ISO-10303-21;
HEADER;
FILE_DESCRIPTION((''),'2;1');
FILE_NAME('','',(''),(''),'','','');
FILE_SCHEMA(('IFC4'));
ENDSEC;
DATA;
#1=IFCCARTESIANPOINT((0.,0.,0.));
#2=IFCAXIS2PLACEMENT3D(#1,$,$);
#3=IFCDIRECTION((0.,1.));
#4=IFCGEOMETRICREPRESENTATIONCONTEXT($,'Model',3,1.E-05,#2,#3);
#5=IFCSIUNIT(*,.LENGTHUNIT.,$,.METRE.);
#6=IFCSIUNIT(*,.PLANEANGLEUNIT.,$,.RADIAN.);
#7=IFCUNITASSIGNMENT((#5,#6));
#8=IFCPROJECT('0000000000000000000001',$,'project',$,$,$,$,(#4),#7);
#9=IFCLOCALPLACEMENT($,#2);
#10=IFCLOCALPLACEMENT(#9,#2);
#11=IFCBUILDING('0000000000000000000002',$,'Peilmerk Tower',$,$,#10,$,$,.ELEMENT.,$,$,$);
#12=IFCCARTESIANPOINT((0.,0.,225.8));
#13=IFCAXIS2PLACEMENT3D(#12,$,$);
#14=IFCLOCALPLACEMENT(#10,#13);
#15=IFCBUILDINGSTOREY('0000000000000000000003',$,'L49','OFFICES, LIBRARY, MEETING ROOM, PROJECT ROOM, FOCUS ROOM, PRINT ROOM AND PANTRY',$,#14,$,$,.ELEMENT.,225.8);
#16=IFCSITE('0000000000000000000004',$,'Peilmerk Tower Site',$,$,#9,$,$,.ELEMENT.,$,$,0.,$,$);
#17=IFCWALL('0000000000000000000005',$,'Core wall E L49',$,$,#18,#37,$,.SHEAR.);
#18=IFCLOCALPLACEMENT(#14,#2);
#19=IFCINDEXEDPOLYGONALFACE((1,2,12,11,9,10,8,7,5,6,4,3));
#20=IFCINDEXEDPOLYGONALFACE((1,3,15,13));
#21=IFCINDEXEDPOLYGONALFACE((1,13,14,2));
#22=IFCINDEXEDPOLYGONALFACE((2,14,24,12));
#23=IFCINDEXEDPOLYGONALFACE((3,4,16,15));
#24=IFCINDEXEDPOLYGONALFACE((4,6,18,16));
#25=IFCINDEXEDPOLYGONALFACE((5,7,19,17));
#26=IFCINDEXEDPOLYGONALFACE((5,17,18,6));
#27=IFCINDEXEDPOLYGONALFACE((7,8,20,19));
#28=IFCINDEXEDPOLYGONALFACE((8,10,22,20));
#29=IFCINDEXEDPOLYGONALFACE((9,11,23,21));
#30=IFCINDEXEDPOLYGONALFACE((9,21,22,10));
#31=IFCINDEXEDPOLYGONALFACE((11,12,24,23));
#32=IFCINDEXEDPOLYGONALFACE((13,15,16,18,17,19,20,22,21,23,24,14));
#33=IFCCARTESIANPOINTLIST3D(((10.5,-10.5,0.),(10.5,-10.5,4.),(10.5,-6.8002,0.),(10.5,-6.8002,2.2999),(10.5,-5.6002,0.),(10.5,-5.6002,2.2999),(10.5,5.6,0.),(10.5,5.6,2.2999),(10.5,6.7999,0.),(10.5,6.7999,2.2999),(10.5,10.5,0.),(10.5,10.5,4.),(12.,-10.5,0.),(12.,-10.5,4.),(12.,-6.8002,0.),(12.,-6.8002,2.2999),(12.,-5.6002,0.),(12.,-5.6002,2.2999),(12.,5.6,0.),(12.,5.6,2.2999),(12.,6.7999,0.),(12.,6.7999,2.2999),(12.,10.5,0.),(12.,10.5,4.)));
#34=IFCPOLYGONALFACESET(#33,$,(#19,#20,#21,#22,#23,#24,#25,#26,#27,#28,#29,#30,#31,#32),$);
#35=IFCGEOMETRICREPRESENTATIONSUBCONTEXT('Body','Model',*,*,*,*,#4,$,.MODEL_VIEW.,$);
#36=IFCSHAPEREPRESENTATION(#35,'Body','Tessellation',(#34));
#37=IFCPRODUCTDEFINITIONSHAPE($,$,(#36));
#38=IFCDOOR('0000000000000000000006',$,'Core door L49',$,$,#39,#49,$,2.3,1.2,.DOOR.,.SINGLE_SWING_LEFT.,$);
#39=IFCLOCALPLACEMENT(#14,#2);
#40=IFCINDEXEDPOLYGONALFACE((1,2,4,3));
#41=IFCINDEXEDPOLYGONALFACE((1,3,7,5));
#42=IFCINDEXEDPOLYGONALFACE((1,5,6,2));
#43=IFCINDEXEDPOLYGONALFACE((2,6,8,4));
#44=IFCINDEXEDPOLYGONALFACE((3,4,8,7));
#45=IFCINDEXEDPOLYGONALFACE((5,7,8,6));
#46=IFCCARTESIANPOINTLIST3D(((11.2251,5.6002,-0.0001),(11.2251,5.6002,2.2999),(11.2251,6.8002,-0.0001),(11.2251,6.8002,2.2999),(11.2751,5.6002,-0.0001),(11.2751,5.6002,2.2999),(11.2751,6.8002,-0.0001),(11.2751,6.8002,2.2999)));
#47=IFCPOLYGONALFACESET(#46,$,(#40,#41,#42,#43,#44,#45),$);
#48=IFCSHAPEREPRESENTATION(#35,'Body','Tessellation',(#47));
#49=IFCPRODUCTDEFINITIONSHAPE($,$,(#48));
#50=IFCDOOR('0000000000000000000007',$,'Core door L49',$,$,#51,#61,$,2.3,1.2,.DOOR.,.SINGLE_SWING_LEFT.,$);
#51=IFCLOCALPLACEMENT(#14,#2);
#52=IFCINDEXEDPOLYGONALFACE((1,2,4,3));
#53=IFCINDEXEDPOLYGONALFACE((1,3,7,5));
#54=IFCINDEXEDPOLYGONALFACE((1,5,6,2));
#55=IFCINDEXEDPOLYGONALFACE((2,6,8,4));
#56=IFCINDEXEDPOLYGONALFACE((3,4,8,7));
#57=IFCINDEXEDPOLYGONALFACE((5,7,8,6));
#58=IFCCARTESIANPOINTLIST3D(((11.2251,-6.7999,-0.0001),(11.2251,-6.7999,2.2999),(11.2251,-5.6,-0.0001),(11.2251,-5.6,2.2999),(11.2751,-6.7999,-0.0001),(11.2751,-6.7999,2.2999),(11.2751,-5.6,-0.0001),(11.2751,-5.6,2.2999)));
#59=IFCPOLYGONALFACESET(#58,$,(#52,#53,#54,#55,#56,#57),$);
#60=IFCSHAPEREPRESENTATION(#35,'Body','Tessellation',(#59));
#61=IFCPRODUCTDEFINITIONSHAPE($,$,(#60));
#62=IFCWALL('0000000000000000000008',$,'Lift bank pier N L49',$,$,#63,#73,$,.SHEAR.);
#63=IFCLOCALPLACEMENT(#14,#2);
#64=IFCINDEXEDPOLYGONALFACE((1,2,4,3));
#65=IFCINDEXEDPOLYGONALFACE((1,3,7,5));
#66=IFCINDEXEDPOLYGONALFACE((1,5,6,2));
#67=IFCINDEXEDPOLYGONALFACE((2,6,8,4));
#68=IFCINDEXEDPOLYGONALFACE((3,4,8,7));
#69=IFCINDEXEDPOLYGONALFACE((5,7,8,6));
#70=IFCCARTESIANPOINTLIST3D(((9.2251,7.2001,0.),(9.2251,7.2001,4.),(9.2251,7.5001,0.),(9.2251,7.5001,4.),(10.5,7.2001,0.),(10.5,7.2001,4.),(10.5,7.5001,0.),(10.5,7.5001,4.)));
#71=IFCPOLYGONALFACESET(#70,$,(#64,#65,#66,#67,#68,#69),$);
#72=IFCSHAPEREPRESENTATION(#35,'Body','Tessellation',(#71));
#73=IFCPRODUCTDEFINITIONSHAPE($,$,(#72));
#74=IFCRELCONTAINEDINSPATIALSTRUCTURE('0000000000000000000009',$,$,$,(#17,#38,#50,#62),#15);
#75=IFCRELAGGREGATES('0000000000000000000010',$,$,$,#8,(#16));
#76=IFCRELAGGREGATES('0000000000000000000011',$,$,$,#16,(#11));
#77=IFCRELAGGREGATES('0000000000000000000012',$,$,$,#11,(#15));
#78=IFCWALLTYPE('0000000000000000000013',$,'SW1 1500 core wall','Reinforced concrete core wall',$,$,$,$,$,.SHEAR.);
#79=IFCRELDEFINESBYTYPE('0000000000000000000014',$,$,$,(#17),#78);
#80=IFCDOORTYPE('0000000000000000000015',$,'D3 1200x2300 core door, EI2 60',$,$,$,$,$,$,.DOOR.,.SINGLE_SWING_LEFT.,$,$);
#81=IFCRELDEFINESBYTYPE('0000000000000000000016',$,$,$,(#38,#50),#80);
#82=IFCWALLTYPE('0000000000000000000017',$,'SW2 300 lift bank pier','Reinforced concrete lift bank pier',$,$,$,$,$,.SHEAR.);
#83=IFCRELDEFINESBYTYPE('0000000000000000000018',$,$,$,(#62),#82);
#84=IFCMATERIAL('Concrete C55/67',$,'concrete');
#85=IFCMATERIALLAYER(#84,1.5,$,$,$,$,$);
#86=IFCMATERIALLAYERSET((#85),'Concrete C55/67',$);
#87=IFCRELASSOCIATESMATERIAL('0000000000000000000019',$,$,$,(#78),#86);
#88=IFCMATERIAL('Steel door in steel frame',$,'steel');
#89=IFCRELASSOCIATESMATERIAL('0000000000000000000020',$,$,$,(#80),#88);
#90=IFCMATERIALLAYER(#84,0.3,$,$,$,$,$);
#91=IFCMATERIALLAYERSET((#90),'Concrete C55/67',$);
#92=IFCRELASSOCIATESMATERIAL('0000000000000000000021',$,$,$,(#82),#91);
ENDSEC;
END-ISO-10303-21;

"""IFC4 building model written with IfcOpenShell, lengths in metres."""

from ifc_helpers import new_model, si_unit, direction, frame, frame_2d, origin, place, context, subcontext, project, spatial, rectangle, extrude, material, layer, layer_set, type_object, element, fill, save


model = new_model("IFC4")

# Units and contexts
model_context = context("Model", 3, precision=1e-05, world=origin(), true_north=direction((0.0, 1.0)))
body_context = subcontext(model_context, "Body", "Model", "MODEL_VIEW")
ifc_project = project(units=[si_unit("LENGTHUNIT", "METRE"), si_unit("PLANEANGLEUNIT", "RADIAN")], contexts=[model_context])

# Site, building, storey
site_placement = place(None, origin())
site = spatial("IfcSite", under=ifc_project, at=site_placement, Name="Peilmerk Tower Site", CompositionType="ELEMENT", RefElevation=0.0)
building_placement = place(site_placement, origin())
building = spatial("IfcBuilding", under=site, at=building_placement, Name="Peilmerk Tower", CompositionType="ELEMENT")
storey_placement = place(building_placement, frame((0.0, 0.0, 225.8)))
storey = spatial("IfcBuildingStorey", under=building, at=storey_placement, Name="L49", Description="OFFICES, LIBRARY, MEETING ROOM, PROJECT ROOM, FOCUS ROOM, PRINT ROOM AND PANTRY", CompositionType="ELEMENT", Elevation=225.8)

# Shared definitions
ifc_material_1 = material(Name="Steel door in steel frame", Category="steel")

# Wall, openings, doors
ifc_material_2 = material(Name="Concrete C55/67", Category="concrete")
ifc_layer_1 = layer(ifc_material_2, 1.5)
ifc_layer_set_1 = layer_set([ifc_layer_1], Name="Concrete C55/67")
wall_type_1 = type_object("IfcWallType", Name="SW1 1500 core wall", Description="Reinforced concrete core wall", PredefinedType="SHEAR", material=ifc_layer_set_1)
wall_1_placement = place(storey_placement, frame((11.25, 10.5, 0.0), z_axis=(0.0, 0.0, 1.0), x_axis=(0.0, -1.0, 0.0)))
wall_1 = element("IfcWall", 1, at=wall_1_placement, inside=storey, type_object=wall_type_1, Name="Core wall E L49", PredefinedType="SHEAR", context=body_context, shape_type="SweptSolid", body=[
    extrude(rectangle(XDim=21.0, YDim=1.5, at=frame_2d((10.5, 0.0))), origin(), (0.0, 0.0, 1.0), 4.0),
])
opening_1_placement = place(wall_1_placement, frame((3.7, 0.0, 0.0)))
opening_1 = element("IfcOpeningElement", 2, at=opening_1_placement, cuts=wall_1, PredefinedType="OPENING", context=body_context, shape_type="SweptSolid", body=[
    extrude(rectangle(XDim=1.2, YDim=2.3, at=frame_2d((0.6001, 1.1499))), frame((0.0, 0.76, 0.0), z_axis=(0.0, -1.0, 0.0), x_axis=(1.0, 0.0, 0.0)), (0.0, 0.0, 1.0), 1.52),
])
opening_2_placement = place(wall_1_placement, frame((16.1001, 0.0, 0.0)))
opening_2 = element("IfcOpeningElement", 3, at=opening_2_placement, cuts=wall_1, PredefinedType="OPENING", context=body_context, shape_type="SweptSolid", body=[
    extrude(rectangle(XDim=1.2, YDim=2.3, at=frame_2d((0.6001, 1.1499))), frame((0.0, 0.76, 0.0), z_axis=(0.0, -1.0, 0.0), x_axis=(1.0, 0.0, 0.0)), (0.0, 0.0, 1.0), 1.52),
])
door_type_1 = type_object("IfcDoorType", Name="D3 1200x2300 core door, EI2 60", OperationType="SINGLE_SWING_LEFT", PredefinedType="DOOR", material=ifc_material_1)
door_1_placement = place(opening_1_placement, frame((1.2, 0.0, 0.0), z_axis=(0.0, 0.0, 1.0), x_axis=(-1.0, 0.0, 0.0)))
door_1 = element("IfcDoor", 4, at=door_1_placement, inside=storey, type_object=door_type_1, Name="Core door L49", OperationType="SINGLE_SWING_LEFT", OverallHeight=2.3, OverallWidth=1.2, PredefinedType="DOOR", context=body_context, shape_type="SweptSolid", body=[
    extrude(rectangle(XDim=1.2, YDim=2.3, at=frame_2d((0.6001, 1.1499))), frame((0.0, 0.0249, 0.0), z_axis=(0.0, -1.0, 0.0), x_axis=(1.0, 0.0, 0.0)), (0.0, 0.0, 1.0), 0.05),
])
fill(opening_1, door_1)
door_2_placement = place(opening_2_placement, frame((1.2, 0.0, 0.0), z_axis=(0.0, 0.0, 1.0), x_axis=(-1.0, 0.0, 0.0)))
door_2 = element("IfcDoor", 5, at=door_2_placement, inside=storey, type_object=door_type_1, Name="Core door L49", OperationType="SINGLE_SWING_LEFT", OverallHeight=2.3, OverallWidth=1.2, PredefinedType="DOOR", context=body_context, shape_type="SweptSolid", body=[
    extrude(rectangle(XDim=1.2, YDim=2.3, at=frame_2d((0.6001, 1.1499))), frame((0.0, 0.0249, 0.0), z_axis=(0.0, -1.0, 0.0), x_axis=(1.0, 0.0, 0.0)), (0.0, 0.0, 1.0), 0.05),
])
fill(opening_2, door_2)

# Wall
ifc_layer_2 = layer(ifc_material_2, 0.3)
ifc_layer_set_2 = layer_set([ifc_layer_2], Name="Concrete C55/67")
wall_type_2 = type_object("IfcWallType", Name="SW2 300 lift bank pier", Description="Reinforced concrete lift bank pier", PredefinedType="SHEAR", material=ifc_layer_set_2)
wall_2_placement = place(storey_placement, frame((9.2251, 7.3501, 0.0), z_axis=(0.0, 0.0, 1.0), x_axis=(1.0, 0.0, 0.0)))
element("IfcWall", 6, at=wall_2_placement, inside=storey, type_object=wall_type_2, Name="Lift bank pier N L49", PredefinedType="SHEAR", context=body_context, shape_type="SweptSolid", body=[
    extrude(rectangle(XDim=1.2749, YDim=0.3, at=frame_2d((0.6375, 0.0))), origin(), (0.0, 0.0, 1.0), 4.0),
])

save(model, "model.ifc")
